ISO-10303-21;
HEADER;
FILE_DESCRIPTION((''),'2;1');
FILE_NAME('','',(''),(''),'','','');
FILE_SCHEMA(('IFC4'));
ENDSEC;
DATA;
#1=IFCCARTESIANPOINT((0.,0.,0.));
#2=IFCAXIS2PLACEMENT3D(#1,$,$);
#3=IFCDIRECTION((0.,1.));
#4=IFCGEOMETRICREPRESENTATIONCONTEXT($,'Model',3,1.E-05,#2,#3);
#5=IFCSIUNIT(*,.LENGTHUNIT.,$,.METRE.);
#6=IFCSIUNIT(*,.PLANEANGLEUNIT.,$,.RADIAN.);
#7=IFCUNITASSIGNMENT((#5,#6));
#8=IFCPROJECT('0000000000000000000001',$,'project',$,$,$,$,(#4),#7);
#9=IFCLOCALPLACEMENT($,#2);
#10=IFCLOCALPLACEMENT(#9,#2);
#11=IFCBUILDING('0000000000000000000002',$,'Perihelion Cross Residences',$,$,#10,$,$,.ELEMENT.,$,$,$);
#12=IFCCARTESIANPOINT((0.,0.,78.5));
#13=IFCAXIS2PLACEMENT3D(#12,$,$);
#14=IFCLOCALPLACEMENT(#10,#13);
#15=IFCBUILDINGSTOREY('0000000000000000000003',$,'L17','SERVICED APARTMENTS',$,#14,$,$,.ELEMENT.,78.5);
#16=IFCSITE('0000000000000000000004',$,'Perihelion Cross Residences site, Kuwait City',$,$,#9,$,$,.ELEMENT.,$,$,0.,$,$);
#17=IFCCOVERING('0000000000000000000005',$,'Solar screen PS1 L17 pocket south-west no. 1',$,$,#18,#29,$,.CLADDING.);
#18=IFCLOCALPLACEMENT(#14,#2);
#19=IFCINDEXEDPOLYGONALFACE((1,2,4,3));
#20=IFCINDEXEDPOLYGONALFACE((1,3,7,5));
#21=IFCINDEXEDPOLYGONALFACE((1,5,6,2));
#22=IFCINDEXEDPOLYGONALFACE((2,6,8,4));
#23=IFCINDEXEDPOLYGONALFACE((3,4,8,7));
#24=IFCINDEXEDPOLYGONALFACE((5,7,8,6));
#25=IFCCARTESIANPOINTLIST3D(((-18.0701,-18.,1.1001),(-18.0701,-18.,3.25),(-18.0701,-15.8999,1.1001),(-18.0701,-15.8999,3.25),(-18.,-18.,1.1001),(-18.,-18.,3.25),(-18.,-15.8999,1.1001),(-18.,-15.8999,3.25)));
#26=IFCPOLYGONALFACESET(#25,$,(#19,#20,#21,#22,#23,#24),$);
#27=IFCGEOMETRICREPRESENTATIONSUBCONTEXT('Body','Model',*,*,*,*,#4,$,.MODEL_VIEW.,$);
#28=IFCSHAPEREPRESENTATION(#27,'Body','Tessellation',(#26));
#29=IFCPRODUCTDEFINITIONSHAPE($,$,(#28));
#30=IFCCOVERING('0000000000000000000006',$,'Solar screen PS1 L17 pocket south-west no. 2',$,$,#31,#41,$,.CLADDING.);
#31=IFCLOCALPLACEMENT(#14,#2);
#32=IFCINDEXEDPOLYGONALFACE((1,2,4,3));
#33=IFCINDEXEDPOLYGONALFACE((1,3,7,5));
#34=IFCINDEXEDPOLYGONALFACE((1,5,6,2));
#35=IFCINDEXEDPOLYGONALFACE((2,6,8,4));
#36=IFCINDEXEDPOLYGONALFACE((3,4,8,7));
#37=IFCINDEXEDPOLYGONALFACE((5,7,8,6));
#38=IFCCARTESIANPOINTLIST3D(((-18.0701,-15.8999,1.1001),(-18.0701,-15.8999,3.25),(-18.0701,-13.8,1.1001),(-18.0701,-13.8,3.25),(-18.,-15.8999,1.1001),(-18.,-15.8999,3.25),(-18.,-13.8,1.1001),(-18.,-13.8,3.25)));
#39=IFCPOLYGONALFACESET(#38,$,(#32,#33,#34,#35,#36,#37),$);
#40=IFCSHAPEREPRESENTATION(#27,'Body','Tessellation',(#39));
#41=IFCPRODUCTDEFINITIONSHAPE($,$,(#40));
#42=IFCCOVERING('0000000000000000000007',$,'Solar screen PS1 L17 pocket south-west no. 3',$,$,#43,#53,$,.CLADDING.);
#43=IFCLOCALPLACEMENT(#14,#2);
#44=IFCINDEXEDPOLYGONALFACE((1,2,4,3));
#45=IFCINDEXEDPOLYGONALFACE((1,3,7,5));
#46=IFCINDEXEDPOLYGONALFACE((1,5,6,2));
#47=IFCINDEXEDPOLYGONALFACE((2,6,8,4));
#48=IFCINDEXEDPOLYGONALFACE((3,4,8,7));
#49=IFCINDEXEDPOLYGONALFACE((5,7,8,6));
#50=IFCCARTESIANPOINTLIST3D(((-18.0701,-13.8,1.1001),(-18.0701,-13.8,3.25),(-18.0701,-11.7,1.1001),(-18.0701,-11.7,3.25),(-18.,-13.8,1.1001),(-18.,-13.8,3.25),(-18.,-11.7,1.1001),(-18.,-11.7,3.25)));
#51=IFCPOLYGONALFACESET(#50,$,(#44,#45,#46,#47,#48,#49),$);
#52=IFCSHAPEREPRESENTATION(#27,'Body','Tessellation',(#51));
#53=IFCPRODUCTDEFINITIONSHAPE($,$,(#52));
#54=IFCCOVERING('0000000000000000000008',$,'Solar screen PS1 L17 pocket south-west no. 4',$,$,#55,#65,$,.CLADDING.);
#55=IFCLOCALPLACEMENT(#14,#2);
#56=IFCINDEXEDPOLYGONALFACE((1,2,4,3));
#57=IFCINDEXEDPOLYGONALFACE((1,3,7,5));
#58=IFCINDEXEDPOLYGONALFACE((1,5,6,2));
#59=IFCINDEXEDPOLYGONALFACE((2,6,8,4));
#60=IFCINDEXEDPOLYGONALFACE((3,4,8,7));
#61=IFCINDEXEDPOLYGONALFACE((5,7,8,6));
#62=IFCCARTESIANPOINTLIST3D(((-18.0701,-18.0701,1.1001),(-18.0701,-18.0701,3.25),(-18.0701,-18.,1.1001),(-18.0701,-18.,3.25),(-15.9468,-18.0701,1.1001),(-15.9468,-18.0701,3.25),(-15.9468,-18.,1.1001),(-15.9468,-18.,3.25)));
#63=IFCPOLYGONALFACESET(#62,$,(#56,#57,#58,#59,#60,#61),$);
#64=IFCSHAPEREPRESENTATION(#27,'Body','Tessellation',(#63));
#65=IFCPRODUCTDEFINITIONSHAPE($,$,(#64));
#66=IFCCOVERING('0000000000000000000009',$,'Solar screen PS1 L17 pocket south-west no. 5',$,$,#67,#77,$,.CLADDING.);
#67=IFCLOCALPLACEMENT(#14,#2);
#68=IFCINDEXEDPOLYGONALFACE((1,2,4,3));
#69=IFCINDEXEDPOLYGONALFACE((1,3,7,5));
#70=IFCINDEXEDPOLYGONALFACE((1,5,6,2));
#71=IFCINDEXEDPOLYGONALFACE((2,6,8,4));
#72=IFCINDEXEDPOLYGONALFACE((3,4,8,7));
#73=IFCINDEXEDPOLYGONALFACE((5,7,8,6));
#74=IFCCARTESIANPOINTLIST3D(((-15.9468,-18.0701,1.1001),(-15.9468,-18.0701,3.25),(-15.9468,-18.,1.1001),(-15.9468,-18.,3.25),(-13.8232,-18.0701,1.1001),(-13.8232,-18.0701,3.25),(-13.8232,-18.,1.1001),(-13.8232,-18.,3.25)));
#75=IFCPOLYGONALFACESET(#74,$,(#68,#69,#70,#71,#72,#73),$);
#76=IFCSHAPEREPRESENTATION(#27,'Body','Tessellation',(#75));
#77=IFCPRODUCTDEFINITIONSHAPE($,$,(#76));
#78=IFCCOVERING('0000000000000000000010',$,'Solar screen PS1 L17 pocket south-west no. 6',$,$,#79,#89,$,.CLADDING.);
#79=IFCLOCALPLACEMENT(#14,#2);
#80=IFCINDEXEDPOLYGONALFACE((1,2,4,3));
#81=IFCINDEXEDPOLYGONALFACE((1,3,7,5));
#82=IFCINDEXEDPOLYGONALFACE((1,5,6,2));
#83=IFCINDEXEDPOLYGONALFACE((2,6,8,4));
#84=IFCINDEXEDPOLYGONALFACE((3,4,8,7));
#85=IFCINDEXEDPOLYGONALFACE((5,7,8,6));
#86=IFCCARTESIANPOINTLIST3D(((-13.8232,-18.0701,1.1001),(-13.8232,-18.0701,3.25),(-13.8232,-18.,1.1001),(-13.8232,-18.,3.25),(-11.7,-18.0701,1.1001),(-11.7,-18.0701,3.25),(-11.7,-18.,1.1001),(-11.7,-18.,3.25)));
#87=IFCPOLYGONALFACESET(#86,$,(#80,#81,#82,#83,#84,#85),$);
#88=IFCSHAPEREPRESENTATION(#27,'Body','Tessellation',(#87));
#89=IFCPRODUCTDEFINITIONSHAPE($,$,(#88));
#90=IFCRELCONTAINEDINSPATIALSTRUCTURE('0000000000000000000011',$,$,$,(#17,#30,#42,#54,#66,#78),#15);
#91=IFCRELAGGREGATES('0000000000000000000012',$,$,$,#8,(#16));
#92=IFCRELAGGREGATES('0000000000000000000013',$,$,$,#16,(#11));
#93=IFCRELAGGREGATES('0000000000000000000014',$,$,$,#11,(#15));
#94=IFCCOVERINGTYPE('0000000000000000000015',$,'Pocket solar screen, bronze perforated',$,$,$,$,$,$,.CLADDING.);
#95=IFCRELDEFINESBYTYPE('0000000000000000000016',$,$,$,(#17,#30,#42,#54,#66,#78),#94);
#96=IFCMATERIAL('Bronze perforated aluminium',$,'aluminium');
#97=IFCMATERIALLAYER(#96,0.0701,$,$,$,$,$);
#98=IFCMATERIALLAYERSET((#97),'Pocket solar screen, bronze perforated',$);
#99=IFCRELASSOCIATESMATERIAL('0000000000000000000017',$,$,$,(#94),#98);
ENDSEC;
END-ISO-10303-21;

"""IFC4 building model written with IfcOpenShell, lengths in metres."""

from ifc_helpers import new_model, si_unit, direction, frame, origin, place, context, subcontext, project, spatial, polyline, outline, extrude, material, layer, layer_set, type_object, element, save


model = new_model("IFC4")

# Units and contexts
model_context = context("Model", 3, precision=1e-05, world=origin(), true_north=direction((0.0, 1.0)))
body_context = subcontext(model_context, "Body", "Model", "MODEL_VIEW")
ifc_project = project(units=[si_unit("LENGTHUNIT", "METRE"), si_unit("PLANEANGLEUNIT", "RADIAN")], contexts=[model_context])

# Site, building, storey
site_placement = place(None, origin())
site = spatial("IfcSite", under=ifc_project, at=site_placement, Name="Perihelion Cross Residences site, Kuwait City", CompositionType="ELEMENT", RefElevation=0.0)
building_placement = place(site_placement, origin())
building = spatial("IfcBuilding", under=site, at=building_placement, Name="Perihelion Cross Residences", CompositionType="ELEMENT")
storey_placement = place(building_placement, frame((0.0, 0.0, 78.5)))
storey = spatial("IfcBuildingStorey", under=building, at=storey_placement, Name="L17", Description="SERVICED APARTMENTS", CompositionType="ELEMENT", Elevation=78.5)

# Coverings
ifc_material_1 = material(Name="Bronze perforated aluminium", Category="aluminium")
ifc_layer_1 = layer(ifc_material_1, 0.0701)
ifc_layer_set_1 = layer_set([ifc_layer_1], Name="Pocket solar screen, bronze perforated")
covering_type_1 = type_object("IfcCoveringType", Name="Pocket solar screen, bronze perforated", PredefinedType="CLADDING", material=ifc_layer_set_1)
covering_1_placement = place(storey_placement, frame((0.0, 0.0, 1.1001)))
element("IfcCovering", 1, at=covering_1_placement, inside=storey, type_object=covering_type_1, Name="Solar screen PS1 L17 pocket south-west no. 1", PredefinedType="CLADDING", context=body_context, shape_type="SweptSolid", body=[
    extrude(outline(polyline([(-18.0, -18.0), (-18.0, -15.8999), (-18.0701, -15.8999), (-18.0701, -18.0), (-18.0, -18.0)])), origin(), (0.0, 0.0, 1.0), 2.1499),
])
covering_2_placement = place(storey_placement, frame((0.0, 0.0, 1.1001)))
element("IfcCovering", 2, at=covering_2_placement, inside=storey, type_object=covering_type_1, Name="Solar screen PS1 L17 pocket south-west no. 2", PredefinedType="CLADDING", context=body_context, shape_type="SweptSolid", body=[
    extrude(outline(polyline([(-18.0, -15.8999), (-18.0, -13.8), (-18.0701, -13.8), (-18.0701, -15.8999), (-18.0, -15.8999)])), origin(), (0.0, 0.0, 1.0), 2.1499),
])
covering_3_placement = place(storey_placement, frame((0.0, 0.0, 1.1001)))
element("IfcCovering", 3, at=covering_3_placement, inside=storey, type_object=covering_type_1, Name="Solar screen PS1 L17 pocket south-west no. 3", PredefinedType="CLADDING", context=body_context, shape_type="SweptSolid", body=[
    extrude(outline(polyline([(-18.0, -13.8), (-18.0, -11.7), (-18.0701, -11.7), (-18.0701, -13.8), (-18.0, -13.8)])), origin(), (0.0, 0.0, 1.0), 2.1499),
])
covering_4_placement = place(storey_placement, frame((0.0, 0.0, 1.1001)))
element("IfcCovering", 4, at=covering_4_placement, inside=storey, type_object=covering_type_1, Name="Solar screen PS1 L17 pocket south-west no. 4", PredefinedType="CLADDING", context=body_context, shape_type="SweptSolid", body=[
    extrude(outline(polyline([(-15.9468, -18.0701), (-15.9468, -18.0), (-18.0701, -18.0), (-18.0701, -18.0701), (-15.9468, -18.0701)])), origin(), (0.0, 0.0, 1.0), 2.1499),
])
covering_5_placement = place(storey_placement, frame((0.0, 0.0, 1.1001)))
element("IfcCovering", 5, at=covering_5_placement, inside=storey, type_object=covering_type_1, Name="Solar screen PS1 L17 pocket south-west no. 5", PredefinedType="CLADDING", context=body_context, shape_type="SweptSolid", body=[
    extrude(outline(polyline([(-13.8232, -18.0701), (-13.8232, -18.0), (-15.9468, -18.0), (-15.9468, -18.0701), (-13.8232, -18.0701)])), origin(), (0.0, 0.0, 1.0), 2.1499),
])
covering_6_placement = place(storey_placement, frame((0.0, 0.0, 1.1001)))
element("IfcCovering", 6, at=covering_6_placement, inside=storey, type_object=covering_type_1, Name="Solar screen PS1 L17 pocket south-west no. 6", PredefinedType="CLADDING", context=body_context, shape_type="SweptSolid", body=[
    extrude(outline(polyline([(-11.7, -18.0701), (-11.7, -18.0), (-13.8232, -18.0), (-13.8232, -18.0701), (-11.7, -18.0701)])), origin(), (0.0, 0.0, 1.0), 2.1499),
])

save(model, "model.ifc")
